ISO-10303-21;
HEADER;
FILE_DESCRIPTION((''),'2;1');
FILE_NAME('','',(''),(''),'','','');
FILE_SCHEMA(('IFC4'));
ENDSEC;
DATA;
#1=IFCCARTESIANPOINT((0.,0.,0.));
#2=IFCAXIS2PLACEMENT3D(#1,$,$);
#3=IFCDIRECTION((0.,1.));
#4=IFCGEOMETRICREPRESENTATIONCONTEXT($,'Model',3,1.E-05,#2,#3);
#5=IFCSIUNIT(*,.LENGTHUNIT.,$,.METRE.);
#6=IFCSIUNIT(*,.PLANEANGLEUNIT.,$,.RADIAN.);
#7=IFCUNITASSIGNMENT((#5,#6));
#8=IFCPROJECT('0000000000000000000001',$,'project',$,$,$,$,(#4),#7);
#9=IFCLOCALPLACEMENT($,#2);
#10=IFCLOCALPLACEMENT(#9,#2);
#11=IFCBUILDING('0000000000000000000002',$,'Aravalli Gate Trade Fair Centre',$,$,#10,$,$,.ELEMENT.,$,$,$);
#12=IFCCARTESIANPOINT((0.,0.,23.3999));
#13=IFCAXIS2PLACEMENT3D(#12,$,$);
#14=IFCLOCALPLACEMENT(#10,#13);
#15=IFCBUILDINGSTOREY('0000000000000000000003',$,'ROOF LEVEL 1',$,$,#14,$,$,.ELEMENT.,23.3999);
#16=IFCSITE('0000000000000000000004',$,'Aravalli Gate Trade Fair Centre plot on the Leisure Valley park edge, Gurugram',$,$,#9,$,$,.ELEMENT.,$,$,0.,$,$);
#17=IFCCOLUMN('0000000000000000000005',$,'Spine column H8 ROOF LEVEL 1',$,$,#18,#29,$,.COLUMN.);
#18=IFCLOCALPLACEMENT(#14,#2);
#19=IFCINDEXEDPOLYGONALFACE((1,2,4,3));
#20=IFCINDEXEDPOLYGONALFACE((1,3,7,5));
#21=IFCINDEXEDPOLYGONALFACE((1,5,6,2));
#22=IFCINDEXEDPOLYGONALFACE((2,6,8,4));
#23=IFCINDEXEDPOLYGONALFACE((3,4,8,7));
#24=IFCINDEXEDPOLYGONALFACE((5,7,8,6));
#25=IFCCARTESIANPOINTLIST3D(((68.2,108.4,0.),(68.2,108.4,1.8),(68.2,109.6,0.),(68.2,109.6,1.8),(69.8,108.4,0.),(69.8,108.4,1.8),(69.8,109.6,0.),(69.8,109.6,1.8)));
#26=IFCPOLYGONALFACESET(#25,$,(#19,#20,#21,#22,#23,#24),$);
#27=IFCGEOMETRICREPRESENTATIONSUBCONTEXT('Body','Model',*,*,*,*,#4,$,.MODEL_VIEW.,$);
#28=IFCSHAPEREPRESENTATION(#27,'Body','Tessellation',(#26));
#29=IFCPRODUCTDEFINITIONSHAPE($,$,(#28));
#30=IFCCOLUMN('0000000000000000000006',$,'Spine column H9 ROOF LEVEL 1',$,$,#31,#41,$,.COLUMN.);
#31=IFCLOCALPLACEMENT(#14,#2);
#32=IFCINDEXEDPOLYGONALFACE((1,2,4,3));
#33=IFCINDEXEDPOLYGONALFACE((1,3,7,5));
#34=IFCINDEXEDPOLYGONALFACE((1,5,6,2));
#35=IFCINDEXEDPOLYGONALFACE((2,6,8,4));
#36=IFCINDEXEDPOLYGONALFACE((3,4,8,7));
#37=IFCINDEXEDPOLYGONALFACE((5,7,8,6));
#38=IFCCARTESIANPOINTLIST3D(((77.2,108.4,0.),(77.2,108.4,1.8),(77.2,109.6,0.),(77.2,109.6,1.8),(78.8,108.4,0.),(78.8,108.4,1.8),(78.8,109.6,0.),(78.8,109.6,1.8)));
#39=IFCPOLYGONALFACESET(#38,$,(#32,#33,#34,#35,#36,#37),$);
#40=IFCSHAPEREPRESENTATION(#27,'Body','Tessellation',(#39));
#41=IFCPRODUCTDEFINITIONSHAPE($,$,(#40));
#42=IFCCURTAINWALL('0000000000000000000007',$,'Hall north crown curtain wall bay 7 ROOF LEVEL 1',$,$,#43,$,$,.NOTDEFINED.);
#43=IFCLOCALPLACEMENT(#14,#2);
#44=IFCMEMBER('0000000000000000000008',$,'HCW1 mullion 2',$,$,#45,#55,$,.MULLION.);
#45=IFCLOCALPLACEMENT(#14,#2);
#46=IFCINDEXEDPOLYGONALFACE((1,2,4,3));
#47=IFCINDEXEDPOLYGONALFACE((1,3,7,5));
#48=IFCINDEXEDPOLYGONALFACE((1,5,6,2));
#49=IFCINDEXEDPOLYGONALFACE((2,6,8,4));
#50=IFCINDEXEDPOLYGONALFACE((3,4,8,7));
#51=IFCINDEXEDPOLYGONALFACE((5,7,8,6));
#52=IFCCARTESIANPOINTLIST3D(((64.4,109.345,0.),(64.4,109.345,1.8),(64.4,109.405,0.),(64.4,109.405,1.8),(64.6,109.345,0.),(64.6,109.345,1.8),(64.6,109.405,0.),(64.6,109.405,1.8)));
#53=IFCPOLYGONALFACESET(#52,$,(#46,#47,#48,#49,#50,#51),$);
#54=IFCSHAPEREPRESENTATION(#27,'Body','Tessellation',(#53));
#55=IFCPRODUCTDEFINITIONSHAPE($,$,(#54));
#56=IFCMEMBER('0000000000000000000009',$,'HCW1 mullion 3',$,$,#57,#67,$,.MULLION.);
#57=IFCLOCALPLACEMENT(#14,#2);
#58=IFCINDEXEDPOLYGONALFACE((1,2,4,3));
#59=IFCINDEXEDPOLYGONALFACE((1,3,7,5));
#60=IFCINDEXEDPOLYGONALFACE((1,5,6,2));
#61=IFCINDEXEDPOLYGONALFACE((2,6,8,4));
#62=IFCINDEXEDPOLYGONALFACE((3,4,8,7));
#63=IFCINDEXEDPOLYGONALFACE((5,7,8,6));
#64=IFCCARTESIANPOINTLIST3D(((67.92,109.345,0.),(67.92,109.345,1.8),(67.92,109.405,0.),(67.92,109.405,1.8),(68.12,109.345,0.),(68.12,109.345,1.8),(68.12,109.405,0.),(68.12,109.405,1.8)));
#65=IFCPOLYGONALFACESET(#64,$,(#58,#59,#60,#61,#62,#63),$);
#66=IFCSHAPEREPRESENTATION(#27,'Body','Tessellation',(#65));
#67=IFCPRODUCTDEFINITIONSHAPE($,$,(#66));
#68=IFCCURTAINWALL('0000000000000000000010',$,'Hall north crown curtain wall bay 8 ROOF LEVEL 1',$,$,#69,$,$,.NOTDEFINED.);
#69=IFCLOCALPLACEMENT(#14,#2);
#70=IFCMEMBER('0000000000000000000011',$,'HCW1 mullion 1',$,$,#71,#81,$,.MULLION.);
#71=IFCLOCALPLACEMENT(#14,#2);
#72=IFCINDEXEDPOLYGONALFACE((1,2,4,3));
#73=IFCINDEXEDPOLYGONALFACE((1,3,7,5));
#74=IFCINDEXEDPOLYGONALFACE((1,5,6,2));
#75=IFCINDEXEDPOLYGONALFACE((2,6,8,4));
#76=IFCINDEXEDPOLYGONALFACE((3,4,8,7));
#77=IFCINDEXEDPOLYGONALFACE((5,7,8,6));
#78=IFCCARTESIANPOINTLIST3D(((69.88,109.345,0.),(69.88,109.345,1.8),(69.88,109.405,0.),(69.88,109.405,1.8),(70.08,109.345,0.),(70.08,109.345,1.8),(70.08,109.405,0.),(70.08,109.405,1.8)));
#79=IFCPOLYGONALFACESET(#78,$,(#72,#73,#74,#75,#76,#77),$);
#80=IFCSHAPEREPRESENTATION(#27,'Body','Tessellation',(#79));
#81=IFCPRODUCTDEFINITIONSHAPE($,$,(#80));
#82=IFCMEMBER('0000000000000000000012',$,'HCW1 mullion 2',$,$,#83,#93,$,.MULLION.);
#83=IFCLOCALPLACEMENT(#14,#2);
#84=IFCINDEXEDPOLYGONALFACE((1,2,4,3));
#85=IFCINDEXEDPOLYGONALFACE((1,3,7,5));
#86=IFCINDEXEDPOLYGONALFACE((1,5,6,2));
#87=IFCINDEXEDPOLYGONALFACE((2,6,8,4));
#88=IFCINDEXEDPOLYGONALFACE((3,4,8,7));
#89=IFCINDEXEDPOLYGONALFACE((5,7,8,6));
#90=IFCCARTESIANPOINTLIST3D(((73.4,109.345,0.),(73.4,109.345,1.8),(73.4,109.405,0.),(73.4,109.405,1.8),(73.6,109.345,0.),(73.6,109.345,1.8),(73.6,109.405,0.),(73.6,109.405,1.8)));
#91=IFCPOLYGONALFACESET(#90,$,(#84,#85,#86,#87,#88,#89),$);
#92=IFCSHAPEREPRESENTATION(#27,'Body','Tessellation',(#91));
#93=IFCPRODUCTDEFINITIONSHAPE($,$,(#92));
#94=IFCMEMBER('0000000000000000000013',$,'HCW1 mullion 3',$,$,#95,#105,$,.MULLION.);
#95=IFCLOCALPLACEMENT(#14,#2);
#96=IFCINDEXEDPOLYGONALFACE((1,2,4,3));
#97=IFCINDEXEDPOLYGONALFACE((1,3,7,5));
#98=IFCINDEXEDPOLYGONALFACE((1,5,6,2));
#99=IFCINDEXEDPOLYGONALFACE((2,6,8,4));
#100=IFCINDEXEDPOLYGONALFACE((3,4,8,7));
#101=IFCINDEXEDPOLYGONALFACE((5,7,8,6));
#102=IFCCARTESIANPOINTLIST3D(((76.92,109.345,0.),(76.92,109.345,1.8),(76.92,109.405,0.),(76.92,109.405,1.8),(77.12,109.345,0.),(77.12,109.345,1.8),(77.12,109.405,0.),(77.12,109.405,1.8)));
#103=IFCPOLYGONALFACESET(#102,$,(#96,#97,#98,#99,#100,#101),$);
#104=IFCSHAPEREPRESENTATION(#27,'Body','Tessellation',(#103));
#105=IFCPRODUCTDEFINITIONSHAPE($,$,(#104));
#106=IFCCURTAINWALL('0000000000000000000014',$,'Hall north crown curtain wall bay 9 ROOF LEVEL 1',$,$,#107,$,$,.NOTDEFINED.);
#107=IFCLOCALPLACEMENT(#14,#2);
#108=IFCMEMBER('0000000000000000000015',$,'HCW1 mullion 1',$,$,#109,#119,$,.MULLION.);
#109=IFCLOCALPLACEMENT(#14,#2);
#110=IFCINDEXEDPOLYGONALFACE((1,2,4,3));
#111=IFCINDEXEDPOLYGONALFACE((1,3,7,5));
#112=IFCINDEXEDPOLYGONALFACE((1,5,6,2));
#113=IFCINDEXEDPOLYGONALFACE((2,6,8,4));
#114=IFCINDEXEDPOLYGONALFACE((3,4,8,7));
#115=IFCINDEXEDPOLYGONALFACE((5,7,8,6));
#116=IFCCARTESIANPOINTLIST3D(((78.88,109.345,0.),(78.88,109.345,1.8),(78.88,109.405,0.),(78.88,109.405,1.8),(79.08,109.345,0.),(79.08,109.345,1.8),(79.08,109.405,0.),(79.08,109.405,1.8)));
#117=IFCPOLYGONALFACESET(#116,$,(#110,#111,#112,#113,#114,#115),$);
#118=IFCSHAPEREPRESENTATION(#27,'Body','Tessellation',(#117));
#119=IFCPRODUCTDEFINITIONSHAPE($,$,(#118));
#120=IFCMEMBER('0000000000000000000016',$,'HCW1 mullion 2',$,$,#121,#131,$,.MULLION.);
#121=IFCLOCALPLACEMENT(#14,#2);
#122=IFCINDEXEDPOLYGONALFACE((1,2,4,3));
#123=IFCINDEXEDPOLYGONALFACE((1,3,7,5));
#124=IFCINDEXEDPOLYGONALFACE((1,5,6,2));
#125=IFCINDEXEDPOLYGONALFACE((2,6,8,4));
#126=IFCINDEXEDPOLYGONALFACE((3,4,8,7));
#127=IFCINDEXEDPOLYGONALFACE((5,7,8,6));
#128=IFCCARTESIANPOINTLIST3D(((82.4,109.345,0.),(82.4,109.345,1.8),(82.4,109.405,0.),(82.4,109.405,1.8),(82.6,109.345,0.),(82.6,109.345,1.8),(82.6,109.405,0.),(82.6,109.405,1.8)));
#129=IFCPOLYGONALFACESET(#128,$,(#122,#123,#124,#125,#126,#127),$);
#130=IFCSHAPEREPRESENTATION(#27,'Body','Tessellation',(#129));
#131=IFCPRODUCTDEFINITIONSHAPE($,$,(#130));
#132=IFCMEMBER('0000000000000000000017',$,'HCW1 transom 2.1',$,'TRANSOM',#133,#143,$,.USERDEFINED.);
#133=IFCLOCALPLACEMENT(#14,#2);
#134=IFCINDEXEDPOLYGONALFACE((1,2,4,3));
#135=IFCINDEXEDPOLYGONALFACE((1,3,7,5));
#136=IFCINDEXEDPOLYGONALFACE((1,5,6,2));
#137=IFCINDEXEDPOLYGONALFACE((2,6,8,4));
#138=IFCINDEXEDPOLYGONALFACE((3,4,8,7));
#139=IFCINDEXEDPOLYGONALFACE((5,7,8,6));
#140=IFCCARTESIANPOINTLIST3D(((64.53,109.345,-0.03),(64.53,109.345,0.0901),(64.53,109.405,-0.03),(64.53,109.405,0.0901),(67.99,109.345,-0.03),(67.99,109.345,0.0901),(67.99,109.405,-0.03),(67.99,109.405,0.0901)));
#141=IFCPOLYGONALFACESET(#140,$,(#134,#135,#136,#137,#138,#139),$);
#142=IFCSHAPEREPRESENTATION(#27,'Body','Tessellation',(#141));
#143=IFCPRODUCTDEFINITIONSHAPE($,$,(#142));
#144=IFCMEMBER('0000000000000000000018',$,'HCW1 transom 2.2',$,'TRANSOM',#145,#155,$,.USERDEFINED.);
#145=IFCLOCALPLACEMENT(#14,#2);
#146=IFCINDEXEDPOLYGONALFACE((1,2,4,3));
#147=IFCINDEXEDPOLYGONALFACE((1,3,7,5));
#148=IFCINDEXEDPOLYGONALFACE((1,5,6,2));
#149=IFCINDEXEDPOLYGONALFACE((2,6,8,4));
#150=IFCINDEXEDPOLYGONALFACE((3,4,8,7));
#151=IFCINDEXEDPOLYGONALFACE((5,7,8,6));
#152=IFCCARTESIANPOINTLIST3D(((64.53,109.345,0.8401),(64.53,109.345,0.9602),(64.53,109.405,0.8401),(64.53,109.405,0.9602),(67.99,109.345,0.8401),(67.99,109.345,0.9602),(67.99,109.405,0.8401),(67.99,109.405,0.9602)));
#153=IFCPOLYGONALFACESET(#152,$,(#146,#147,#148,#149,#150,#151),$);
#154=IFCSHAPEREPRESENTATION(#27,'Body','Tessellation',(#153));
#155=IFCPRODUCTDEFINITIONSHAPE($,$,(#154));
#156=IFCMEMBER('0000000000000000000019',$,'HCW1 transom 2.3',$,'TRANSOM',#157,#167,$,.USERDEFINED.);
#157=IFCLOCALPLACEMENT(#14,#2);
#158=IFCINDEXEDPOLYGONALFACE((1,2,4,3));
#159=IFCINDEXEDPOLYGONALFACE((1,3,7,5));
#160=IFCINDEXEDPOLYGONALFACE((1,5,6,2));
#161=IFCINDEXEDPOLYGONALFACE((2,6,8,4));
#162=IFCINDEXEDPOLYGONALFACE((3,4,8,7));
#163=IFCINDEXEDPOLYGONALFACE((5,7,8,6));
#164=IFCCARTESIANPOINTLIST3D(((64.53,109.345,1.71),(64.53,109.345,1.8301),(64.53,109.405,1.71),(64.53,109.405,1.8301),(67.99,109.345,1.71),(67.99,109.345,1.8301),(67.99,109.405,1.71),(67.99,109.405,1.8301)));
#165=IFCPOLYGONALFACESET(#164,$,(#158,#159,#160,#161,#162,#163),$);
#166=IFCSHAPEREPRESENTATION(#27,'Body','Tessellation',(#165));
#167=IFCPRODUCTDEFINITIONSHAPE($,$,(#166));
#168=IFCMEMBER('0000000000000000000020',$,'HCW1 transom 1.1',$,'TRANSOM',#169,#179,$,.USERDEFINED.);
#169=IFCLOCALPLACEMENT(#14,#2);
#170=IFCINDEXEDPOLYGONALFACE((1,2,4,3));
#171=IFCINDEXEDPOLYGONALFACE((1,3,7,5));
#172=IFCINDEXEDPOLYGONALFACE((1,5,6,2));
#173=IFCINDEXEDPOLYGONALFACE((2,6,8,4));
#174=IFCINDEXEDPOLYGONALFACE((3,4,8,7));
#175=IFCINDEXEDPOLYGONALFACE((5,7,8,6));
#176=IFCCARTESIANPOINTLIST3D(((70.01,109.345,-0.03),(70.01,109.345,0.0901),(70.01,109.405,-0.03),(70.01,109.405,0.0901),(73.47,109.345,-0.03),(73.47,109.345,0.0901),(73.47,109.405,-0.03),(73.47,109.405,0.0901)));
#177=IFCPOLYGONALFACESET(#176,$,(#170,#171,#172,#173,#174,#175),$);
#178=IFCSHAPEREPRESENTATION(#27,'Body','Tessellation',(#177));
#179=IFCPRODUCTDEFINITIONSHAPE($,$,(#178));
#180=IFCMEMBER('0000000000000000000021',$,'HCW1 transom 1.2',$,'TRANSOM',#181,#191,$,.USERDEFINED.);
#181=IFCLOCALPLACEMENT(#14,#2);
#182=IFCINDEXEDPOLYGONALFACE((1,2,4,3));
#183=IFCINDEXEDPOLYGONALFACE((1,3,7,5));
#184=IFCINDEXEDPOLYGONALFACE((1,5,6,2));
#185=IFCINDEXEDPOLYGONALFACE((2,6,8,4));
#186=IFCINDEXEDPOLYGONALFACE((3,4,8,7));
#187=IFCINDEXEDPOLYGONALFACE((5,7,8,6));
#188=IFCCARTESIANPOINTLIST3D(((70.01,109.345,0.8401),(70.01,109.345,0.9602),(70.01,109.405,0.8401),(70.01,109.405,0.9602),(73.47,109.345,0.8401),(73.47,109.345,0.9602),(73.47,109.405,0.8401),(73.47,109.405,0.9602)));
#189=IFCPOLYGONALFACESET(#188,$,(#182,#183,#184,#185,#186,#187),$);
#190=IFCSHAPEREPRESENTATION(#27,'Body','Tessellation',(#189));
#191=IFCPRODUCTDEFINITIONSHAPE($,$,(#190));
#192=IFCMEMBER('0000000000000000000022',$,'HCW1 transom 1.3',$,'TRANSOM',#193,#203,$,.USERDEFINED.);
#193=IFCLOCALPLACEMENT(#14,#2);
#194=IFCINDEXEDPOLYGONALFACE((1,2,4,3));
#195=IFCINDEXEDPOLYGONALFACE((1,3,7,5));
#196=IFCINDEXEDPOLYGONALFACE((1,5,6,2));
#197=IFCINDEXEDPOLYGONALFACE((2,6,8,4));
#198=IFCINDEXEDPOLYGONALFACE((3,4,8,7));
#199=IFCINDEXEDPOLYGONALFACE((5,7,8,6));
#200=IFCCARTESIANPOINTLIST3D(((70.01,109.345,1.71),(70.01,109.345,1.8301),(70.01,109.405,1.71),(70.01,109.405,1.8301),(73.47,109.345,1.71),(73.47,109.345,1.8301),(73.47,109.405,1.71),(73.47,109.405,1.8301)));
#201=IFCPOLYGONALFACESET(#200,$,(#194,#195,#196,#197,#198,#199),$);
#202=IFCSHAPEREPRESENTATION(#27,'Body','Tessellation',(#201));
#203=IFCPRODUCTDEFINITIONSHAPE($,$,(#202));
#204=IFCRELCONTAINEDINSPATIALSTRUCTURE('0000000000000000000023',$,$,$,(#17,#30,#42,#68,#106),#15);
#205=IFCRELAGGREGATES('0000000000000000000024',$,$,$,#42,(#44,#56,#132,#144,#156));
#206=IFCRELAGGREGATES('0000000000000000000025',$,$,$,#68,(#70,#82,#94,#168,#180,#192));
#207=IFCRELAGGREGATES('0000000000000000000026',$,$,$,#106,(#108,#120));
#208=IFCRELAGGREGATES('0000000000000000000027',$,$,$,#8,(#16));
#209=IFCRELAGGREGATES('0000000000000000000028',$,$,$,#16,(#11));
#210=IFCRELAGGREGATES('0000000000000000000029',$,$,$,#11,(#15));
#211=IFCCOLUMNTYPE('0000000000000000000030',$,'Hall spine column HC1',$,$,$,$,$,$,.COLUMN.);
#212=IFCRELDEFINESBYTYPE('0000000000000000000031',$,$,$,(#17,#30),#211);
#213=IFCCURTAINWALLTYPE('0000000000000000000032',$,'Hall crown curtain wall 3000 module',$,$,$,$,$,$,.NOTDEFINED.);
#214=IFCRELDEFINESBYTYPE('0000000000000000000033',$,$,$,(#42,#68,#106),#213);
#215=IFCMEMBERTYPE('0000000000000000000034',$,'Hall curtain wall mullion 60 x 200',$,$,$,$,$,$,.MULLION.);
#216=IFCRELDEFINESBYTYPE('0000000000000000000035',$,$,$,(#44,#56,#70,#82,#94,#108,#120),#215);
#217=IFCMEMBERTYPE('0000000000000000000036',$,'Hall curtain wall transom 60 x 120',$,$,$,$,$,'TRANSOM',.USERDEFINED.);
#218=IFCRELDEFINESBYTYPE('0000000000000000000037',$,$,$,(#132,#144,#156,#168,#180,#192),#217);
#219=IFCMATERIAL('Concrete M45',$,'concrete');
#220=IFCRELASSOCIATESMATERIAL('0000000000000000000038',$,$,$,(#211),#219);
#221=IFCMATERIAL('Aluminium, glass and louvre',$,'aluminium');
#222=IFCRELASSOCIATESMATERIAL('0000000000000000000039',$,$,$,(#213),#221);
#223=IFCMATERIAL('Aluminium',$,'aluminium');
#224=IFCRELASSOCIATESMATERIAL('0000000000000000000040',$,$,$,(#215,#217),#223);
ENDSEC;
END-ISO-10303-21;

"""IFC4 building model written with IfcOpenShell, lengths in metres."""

from ifc_helpers import new_model, si_unit, direction, frame, origin, origin_2d, place, context, subcontext, project, spatial, rectangle, extrude, material, material_profile, profile_set, type_object, element, aggregate, save


model = new_model("IFC4")

# Units and contexts
model_context = context("Model", 3, precision=1e-05, world=origin(), true_north=direction((0.0, 1.0)))
body_context = subcontext(model_context, "Body", "Model", "MODEL_VIEW")
ifc_project = project(units=[si_unit("LENGTHUNIT", "METRE"), si_unit("PLANEANGLEUNIT", "RADIAN")], contexts=[model_context])

# Site, building, storey
site_placement = place(None, origin())
site = spatial("IfcSite", under=ifc_project, at=site_placement, Name="Aravalli Gate Trade Fair Centre plot on the Leisure Valley park edge, Gurugram", CompositionType="ELEMENT", RefElevation=0.0)
building_placement = place(site_placement, origin())
building = spatial("IfcBuilding", under=site, at=building_placement, Name="Aravalli Gate Trade Fair Centre", CompositionType="ELEMENT")
storey_placement = place(building_placement, frame((0.0, 0.0, 23.3999)))
storey = spatial("IfcBuildingStorey", under=building, at=storey_placement, Name="ROOF LEVEL 1", CompositionType="ELEMENT", Elevation=23.3999)

# Columns
ifc_material_1 = material(Name="Concrete M45", Category="concrete")
ifc_material_profile_1 = material_profile(ifc_material_1, rectangle(XDim=1.6001, YDim=1.2, at=origin_2d()), Name="RC 1600x1200")
ifc_profile_set_1 = profile_set([ifc_material_profile_1], Name="Concrete M45")
column_type = type_object("IfcColumnType", Name="Hall spine column HC1", PredefinedType="COLUMN", material=ifc_profile_set_1)
for number, where, z_axis, x_axis, name in (
    (1, (69.0, 109.0, 0.0), (0.0, 0.0, 1.0), (1.0, 0.0, 0.0), "Spine column H8 ROOF LEVEL 1"),
    (2, (78.0, 109.0, 0.0), (0.0, 0.0, 1.0), (1.0, 0.0, 0.0), "Spine column H9 ROOF LEVEL 1"),
):
    element("IfcColumn", number, at=place(storey_placement, frame(where, z_axis=z_axis, x_axis=x_axis)), inside=storey, type_object=column_type, Name=name, PredefinedType="COLUMN", context=body_context, shape_type="SweptSolid", body=[
        extrude(rectangle(XDim=1.6001, YDim=1.2, at=origin_2d()), origin(), (0.0, 0.0, 1.0), 1.8),
    ])

# Curtain walls, members
ifc_material_2 = material(Name="Aluminium, glass and louvre", Category="aluminium")
curtain_wall_type = type_object("IfcCurtainWallType", Name="Hall crown curtain wall 3000 module", PredefinedType="NOTDEFINED", material=ifc_material_2)
curtain_wall_1_placement = place(storey_placement, origin())
curtain_wall_1 = element("IfcCurtainWall", 3, at=curtain_wall_1_placement, inside=storey, type_object=curtain_wall_type, Name="Hall north crown curtain wall bay 7 ROOF LEVEL 1", PredefinedType="NOTDEFINED")
ifc_material_3 = material(Name="Aluminium", Category="aluminium")
ifc_material_profile_2 = material_profile(ifc_material_3, rectangle(XDim=0.0601, YDim=0.2, at=origin_2d()), Name="Hall curtain wall mullion 60 x 200")
ifc_profile_set_2 = profile_set([ifc_material_profile_2], Name="Aluminium")
member_type_1 = type_object("IfcMemberType", Name="Hall curtain wall mullion 60 x 200", PredefinedType="MULLION", material=ifc_profile_set_2)
member_1_placement = place(storey_placement, frame((64.5, 109.375, 0.0), z_axis=(0.0, 0.0, 1.0), x_axis=(0.0, 1.0, 0.0)))
member_1 = element("IfcMember", 4, at=member_1_placement, type_object=member_type_1, Name="HCW1 mullion 2", PredefinedType="MULLION", context=body_context, shape_type="SweptSolid", body=[
    extrude(rectangle(XDim=0.0601, YDim=0.2, at=origin_2d()), origin(), (0.0, 0.0, 1.0), 1.8),
])
member_2_placement = place(storey_placement, frame((68.02, 109.375, 0.0), z_axis=(0.0, 0.0, 1.0), x_axis=(0.0, 1.0, 0.0)))
member_2 = element("IfcMember", 5, at=member_2_placement, type_object=member_type_1, Name="HCW1 mullion 3", PredefinedType="MULLION", context=body_context, shape_type="SweptSolid", body=[
    extrude(rectangle(XDim=0.0601, YDim=0.2, at=origin_2d()), origin(), (0.0, 0.0, 1.0), 1.8),
])
curtain_wall_2_placement = place(storey_placement, origin())
curtain_wall_2 = element("IfcCurtainWall", 6, at=curtain_wall_2_placement, inside=storey, type_object=curtain_wall_type, Name="Hall north crown curtain wall bay 8 ROOF LEVEL 1", PredefinedType="NOTDEFINED")
member_3_placement = place(storey_placement, frame((69.98, 109.375, 0.0), z_axis=(0.0, 0.0, 1.0), x_axis=(0.0, 1.0, 0.0)))
member_3 = element("IfcMember", 7, at=member_3_placement, type_object=member_type_1, Name="HCW1 mullion 1", PredefinedType="MULLION", context=body_context, shape_type="SweptSolid", body=[
    extrude(rectangle(XDim=0.0601, YDim=0.2, at=origin_2d()), origin(), (0.0, 0.0, 1.0), 1.8),
])
member_4_placement = place(storey_placement, frame((73.5, 109.375, 0.0), z_axis=(0.0, 0.0, 1.0), x_axis=(0.0, 1.0, 0.0)))
member_4 = element("IfcMember", 8, at=member_4_placement, type_object=member_type_1, Name="HCW1 mullion 2", PredefinedType="MULLION", context=body_context, shape_type="SweptSolid", body=[
    extrude(rectangle(XDim=0.0601, YDim=0.2, at=origin_2d()), origin(), (0.0, 0.0, 1.0), 1.8),
])
member_5_placement = place(storey_placement, frame((77.02, 109.375, 0.0), z_axis=(0.0, 0.0, 1.0), x_axis=(0.0, 1.0, 0.0)))
member_5 = element("IfcMember", 9, at=member_5_placement, type_object=member_type_1, Name="HCW1 mullion 3", PredefinedType="MULLION", context=body_context, shape_type="SweptSolid", body=[
    extrude(rectangle(XDim=0.0601, YDim=0.2, at=origin_2d()), origin(), (0.0, 0.0, 1.0), 1.8),
])
curtain_wall_3_placement = place(storey_placement, origin())
curtain_wall_3 = element("IfcCurtainWall", 10, at=curtain_wall_3_placement, inside=storey, type_object=curtain_wall_type, Name="Hall north crown curtain wall bay 9 ROOF LEVEL 1", PredefinedType="NOTDEFINED")
member_6_placement = place(storey_placement, frame((78.98, 109.375, 0.0), z_axis=(0.0, 0.0, 1.0), x_axis=(0.0, 1.0, 0.0)))
member_6 = element("IfcMember", 11, at=member_6_placement, type_object=member_type_1, Name="HCW1 mullion 1", PredefinedType="MULLION", context=body_context, shape_type="SweptSolid", body=[
    extrude(rectangle(XDim=0.0601, YDim=0.2, at=origin_2d()), origin(), (0.0, 0.0, 1.0), 1.8),
])
member_7_placement = place(storey_placement, frame((82.5, 109.375, 0.0), z_axis=(0.0, 0.0, 1.0), x_axis=(0.0, 1.0, 0.0)))
member_7 = element("IfcMember", 12, at=member_7_placement, type_object=member_type_1, Name="HCW1 mullion 2", PredefinedType="MULLION", context=body_context, shape_type="SweptSolid", body=[
    extrude(rectangle(XDim=0.0601, YDim=0.2, at=origin_2d()), origin(), (0.0, 0.0, 1.0), 1.8),
])

# Members
ifc_material_profile_3 = material_profile(ifc_material_3, rectangle(XDim=0.0601, YDim=0.1201, at=origin_2d()), Name="Hall curtain wall transom 60 x 120")
ifc_profile_set_3 = profile_set([ifc_material_profile_3], Name="Aluminium")
member_type_2 = type_object("IfcMemberType", Name="Hall curtain wall transom 60 x 120", ElementType="TRANSOM", PredefinedType="USERDEFINED", material=ifc_profile_set_3)
member_8_placement = place(storey_placement, frame((64.53, 109.375, 0.03), z_axis=(1.0, 0.0, 0.0), x_axis=(0.0, 1.0, 0.0)))
member_8 = element("IfcMember", 13, at=member_8_placement, type_object=member_type_2, Name="HCW1 transom 2.1", ObjectType="TRANSOM", PredefinedType="USERDEFINED", context=body_context, shape_type="SweptSolid", body=[
    extrude(rectangle(XDim=0.0601, YDim=0.1201, at=origin_2d()), origin(), (0.0, 0.0, 1.0), 3.46),
])
member_9_placement = place(storey_placement, frame((64.53, 109.375, 0.9001), z_axis=(1.0, 0.0, 0.0), x_axis=(0.0, 1.0, 0.0)))
member_9 = element("IfcMember", 14, at=member_9_placement, type_object=member_type_2, Name="HCW1 transom 2.2", ObjectType="TRANSOM", PredefinedType="USERDEFINED", context=body_context, shape_type="SweptSolid", body=[
    extrude(rectangle(XDim=0.0601, YDim=0.1201, at=origin_2d()), origin(), (0.0, 0.0, 1.0), 3.46),
])
member_10_placement = place(storey_placement, frame((64.53, 109.375, 1.77), z_axis=(1.0, 0.0, 0.0), x_axis=(0.0, 1.0, 0.0)))
member_10 = element("IfcMember", 15, at=member_10_placement, type_object=member_type_2, Name="HCW1 transom 2.3", ObjectType="TRANSOM", PredefinedType="USERDEFINED", context=body_context, shape_type="SweptSolid", body=[
    extrude(rectangle(XDim=0.0601, YDim=0.1201, at=origin_2d()), origin(), (0.0, 0.0, 1.0), 3.46),
])
member_11_placement = place(storey_placement, frame((70.01, 109.375, 0.03), z_axis=(1.0, 0.0, 0.0), x_axis=(0.0, 1.0, 0.0)))
member_11 = element("IfcMember", 16, at=member_11_placement, type_object=member_type_2, Name="HCW1 transom 1.1", ObjectType="TRANSOM", PredefinedType="USERDEFINED", context=body_context, shape_type="SweptSolid", body=[
    extrude(rectangle(XDim=0.0601, YDim=0.1201, at=origin_2d()), origin(), (0.0, 0.0, 1.0), 3.46),
])
member_12_placement = place(storey_placement, frame((70.01, 109.375, 0.9001), z_axis=(1.0, 0.0, 0.0), x_axis=(0.0, 1.0, 0.0)))
member_12 = element("IfcMember", 17, at=member_12_placement, type_object=member_type_2, Name="HCW1 transom 1.2", ObjectType="TRANSOM", PredefinedType="USERDEFINED", context=body_context, shape_type="SweptSolid", body=[
    extrude(rectangle(XDim=0.0601, YDim=0.1201, at=origin_2d()), origin(), (0.0, 0.0, 1.0), 3.46),
])
member_13_placement = place(storey_placement, frame((70.01, 109.375, 1.77), z_axis=(1.0, 0.0, 0.0), x_axis=(0.0, 1.0, 0.0)))
member_13 = element("IfcMember", 18, at=member_13_placement, type_object=member_type_2, Name="HCW1 transom 1.3", ObjectType="TRANSOM", PredefinedType="USERDEFINED", context=body_context, shape_type="SweptSolid", body=[
    extrude(rectangle(XDim=0.0601, YDim=0.1201, at=origin_2d()), origin(), (0.0, 0.0, 1.0), 3.46),
])

aggregate(curtain_wall_1, [member_1, member_2, member_8, member_9, member_10])
aggregate(curtain_wall_2, [member_3, member_4, member_5, member_11, member_12, member_13])
aggregate(curtain_wall_3, [member_6, member_7])

save(model, "model.ifc")
